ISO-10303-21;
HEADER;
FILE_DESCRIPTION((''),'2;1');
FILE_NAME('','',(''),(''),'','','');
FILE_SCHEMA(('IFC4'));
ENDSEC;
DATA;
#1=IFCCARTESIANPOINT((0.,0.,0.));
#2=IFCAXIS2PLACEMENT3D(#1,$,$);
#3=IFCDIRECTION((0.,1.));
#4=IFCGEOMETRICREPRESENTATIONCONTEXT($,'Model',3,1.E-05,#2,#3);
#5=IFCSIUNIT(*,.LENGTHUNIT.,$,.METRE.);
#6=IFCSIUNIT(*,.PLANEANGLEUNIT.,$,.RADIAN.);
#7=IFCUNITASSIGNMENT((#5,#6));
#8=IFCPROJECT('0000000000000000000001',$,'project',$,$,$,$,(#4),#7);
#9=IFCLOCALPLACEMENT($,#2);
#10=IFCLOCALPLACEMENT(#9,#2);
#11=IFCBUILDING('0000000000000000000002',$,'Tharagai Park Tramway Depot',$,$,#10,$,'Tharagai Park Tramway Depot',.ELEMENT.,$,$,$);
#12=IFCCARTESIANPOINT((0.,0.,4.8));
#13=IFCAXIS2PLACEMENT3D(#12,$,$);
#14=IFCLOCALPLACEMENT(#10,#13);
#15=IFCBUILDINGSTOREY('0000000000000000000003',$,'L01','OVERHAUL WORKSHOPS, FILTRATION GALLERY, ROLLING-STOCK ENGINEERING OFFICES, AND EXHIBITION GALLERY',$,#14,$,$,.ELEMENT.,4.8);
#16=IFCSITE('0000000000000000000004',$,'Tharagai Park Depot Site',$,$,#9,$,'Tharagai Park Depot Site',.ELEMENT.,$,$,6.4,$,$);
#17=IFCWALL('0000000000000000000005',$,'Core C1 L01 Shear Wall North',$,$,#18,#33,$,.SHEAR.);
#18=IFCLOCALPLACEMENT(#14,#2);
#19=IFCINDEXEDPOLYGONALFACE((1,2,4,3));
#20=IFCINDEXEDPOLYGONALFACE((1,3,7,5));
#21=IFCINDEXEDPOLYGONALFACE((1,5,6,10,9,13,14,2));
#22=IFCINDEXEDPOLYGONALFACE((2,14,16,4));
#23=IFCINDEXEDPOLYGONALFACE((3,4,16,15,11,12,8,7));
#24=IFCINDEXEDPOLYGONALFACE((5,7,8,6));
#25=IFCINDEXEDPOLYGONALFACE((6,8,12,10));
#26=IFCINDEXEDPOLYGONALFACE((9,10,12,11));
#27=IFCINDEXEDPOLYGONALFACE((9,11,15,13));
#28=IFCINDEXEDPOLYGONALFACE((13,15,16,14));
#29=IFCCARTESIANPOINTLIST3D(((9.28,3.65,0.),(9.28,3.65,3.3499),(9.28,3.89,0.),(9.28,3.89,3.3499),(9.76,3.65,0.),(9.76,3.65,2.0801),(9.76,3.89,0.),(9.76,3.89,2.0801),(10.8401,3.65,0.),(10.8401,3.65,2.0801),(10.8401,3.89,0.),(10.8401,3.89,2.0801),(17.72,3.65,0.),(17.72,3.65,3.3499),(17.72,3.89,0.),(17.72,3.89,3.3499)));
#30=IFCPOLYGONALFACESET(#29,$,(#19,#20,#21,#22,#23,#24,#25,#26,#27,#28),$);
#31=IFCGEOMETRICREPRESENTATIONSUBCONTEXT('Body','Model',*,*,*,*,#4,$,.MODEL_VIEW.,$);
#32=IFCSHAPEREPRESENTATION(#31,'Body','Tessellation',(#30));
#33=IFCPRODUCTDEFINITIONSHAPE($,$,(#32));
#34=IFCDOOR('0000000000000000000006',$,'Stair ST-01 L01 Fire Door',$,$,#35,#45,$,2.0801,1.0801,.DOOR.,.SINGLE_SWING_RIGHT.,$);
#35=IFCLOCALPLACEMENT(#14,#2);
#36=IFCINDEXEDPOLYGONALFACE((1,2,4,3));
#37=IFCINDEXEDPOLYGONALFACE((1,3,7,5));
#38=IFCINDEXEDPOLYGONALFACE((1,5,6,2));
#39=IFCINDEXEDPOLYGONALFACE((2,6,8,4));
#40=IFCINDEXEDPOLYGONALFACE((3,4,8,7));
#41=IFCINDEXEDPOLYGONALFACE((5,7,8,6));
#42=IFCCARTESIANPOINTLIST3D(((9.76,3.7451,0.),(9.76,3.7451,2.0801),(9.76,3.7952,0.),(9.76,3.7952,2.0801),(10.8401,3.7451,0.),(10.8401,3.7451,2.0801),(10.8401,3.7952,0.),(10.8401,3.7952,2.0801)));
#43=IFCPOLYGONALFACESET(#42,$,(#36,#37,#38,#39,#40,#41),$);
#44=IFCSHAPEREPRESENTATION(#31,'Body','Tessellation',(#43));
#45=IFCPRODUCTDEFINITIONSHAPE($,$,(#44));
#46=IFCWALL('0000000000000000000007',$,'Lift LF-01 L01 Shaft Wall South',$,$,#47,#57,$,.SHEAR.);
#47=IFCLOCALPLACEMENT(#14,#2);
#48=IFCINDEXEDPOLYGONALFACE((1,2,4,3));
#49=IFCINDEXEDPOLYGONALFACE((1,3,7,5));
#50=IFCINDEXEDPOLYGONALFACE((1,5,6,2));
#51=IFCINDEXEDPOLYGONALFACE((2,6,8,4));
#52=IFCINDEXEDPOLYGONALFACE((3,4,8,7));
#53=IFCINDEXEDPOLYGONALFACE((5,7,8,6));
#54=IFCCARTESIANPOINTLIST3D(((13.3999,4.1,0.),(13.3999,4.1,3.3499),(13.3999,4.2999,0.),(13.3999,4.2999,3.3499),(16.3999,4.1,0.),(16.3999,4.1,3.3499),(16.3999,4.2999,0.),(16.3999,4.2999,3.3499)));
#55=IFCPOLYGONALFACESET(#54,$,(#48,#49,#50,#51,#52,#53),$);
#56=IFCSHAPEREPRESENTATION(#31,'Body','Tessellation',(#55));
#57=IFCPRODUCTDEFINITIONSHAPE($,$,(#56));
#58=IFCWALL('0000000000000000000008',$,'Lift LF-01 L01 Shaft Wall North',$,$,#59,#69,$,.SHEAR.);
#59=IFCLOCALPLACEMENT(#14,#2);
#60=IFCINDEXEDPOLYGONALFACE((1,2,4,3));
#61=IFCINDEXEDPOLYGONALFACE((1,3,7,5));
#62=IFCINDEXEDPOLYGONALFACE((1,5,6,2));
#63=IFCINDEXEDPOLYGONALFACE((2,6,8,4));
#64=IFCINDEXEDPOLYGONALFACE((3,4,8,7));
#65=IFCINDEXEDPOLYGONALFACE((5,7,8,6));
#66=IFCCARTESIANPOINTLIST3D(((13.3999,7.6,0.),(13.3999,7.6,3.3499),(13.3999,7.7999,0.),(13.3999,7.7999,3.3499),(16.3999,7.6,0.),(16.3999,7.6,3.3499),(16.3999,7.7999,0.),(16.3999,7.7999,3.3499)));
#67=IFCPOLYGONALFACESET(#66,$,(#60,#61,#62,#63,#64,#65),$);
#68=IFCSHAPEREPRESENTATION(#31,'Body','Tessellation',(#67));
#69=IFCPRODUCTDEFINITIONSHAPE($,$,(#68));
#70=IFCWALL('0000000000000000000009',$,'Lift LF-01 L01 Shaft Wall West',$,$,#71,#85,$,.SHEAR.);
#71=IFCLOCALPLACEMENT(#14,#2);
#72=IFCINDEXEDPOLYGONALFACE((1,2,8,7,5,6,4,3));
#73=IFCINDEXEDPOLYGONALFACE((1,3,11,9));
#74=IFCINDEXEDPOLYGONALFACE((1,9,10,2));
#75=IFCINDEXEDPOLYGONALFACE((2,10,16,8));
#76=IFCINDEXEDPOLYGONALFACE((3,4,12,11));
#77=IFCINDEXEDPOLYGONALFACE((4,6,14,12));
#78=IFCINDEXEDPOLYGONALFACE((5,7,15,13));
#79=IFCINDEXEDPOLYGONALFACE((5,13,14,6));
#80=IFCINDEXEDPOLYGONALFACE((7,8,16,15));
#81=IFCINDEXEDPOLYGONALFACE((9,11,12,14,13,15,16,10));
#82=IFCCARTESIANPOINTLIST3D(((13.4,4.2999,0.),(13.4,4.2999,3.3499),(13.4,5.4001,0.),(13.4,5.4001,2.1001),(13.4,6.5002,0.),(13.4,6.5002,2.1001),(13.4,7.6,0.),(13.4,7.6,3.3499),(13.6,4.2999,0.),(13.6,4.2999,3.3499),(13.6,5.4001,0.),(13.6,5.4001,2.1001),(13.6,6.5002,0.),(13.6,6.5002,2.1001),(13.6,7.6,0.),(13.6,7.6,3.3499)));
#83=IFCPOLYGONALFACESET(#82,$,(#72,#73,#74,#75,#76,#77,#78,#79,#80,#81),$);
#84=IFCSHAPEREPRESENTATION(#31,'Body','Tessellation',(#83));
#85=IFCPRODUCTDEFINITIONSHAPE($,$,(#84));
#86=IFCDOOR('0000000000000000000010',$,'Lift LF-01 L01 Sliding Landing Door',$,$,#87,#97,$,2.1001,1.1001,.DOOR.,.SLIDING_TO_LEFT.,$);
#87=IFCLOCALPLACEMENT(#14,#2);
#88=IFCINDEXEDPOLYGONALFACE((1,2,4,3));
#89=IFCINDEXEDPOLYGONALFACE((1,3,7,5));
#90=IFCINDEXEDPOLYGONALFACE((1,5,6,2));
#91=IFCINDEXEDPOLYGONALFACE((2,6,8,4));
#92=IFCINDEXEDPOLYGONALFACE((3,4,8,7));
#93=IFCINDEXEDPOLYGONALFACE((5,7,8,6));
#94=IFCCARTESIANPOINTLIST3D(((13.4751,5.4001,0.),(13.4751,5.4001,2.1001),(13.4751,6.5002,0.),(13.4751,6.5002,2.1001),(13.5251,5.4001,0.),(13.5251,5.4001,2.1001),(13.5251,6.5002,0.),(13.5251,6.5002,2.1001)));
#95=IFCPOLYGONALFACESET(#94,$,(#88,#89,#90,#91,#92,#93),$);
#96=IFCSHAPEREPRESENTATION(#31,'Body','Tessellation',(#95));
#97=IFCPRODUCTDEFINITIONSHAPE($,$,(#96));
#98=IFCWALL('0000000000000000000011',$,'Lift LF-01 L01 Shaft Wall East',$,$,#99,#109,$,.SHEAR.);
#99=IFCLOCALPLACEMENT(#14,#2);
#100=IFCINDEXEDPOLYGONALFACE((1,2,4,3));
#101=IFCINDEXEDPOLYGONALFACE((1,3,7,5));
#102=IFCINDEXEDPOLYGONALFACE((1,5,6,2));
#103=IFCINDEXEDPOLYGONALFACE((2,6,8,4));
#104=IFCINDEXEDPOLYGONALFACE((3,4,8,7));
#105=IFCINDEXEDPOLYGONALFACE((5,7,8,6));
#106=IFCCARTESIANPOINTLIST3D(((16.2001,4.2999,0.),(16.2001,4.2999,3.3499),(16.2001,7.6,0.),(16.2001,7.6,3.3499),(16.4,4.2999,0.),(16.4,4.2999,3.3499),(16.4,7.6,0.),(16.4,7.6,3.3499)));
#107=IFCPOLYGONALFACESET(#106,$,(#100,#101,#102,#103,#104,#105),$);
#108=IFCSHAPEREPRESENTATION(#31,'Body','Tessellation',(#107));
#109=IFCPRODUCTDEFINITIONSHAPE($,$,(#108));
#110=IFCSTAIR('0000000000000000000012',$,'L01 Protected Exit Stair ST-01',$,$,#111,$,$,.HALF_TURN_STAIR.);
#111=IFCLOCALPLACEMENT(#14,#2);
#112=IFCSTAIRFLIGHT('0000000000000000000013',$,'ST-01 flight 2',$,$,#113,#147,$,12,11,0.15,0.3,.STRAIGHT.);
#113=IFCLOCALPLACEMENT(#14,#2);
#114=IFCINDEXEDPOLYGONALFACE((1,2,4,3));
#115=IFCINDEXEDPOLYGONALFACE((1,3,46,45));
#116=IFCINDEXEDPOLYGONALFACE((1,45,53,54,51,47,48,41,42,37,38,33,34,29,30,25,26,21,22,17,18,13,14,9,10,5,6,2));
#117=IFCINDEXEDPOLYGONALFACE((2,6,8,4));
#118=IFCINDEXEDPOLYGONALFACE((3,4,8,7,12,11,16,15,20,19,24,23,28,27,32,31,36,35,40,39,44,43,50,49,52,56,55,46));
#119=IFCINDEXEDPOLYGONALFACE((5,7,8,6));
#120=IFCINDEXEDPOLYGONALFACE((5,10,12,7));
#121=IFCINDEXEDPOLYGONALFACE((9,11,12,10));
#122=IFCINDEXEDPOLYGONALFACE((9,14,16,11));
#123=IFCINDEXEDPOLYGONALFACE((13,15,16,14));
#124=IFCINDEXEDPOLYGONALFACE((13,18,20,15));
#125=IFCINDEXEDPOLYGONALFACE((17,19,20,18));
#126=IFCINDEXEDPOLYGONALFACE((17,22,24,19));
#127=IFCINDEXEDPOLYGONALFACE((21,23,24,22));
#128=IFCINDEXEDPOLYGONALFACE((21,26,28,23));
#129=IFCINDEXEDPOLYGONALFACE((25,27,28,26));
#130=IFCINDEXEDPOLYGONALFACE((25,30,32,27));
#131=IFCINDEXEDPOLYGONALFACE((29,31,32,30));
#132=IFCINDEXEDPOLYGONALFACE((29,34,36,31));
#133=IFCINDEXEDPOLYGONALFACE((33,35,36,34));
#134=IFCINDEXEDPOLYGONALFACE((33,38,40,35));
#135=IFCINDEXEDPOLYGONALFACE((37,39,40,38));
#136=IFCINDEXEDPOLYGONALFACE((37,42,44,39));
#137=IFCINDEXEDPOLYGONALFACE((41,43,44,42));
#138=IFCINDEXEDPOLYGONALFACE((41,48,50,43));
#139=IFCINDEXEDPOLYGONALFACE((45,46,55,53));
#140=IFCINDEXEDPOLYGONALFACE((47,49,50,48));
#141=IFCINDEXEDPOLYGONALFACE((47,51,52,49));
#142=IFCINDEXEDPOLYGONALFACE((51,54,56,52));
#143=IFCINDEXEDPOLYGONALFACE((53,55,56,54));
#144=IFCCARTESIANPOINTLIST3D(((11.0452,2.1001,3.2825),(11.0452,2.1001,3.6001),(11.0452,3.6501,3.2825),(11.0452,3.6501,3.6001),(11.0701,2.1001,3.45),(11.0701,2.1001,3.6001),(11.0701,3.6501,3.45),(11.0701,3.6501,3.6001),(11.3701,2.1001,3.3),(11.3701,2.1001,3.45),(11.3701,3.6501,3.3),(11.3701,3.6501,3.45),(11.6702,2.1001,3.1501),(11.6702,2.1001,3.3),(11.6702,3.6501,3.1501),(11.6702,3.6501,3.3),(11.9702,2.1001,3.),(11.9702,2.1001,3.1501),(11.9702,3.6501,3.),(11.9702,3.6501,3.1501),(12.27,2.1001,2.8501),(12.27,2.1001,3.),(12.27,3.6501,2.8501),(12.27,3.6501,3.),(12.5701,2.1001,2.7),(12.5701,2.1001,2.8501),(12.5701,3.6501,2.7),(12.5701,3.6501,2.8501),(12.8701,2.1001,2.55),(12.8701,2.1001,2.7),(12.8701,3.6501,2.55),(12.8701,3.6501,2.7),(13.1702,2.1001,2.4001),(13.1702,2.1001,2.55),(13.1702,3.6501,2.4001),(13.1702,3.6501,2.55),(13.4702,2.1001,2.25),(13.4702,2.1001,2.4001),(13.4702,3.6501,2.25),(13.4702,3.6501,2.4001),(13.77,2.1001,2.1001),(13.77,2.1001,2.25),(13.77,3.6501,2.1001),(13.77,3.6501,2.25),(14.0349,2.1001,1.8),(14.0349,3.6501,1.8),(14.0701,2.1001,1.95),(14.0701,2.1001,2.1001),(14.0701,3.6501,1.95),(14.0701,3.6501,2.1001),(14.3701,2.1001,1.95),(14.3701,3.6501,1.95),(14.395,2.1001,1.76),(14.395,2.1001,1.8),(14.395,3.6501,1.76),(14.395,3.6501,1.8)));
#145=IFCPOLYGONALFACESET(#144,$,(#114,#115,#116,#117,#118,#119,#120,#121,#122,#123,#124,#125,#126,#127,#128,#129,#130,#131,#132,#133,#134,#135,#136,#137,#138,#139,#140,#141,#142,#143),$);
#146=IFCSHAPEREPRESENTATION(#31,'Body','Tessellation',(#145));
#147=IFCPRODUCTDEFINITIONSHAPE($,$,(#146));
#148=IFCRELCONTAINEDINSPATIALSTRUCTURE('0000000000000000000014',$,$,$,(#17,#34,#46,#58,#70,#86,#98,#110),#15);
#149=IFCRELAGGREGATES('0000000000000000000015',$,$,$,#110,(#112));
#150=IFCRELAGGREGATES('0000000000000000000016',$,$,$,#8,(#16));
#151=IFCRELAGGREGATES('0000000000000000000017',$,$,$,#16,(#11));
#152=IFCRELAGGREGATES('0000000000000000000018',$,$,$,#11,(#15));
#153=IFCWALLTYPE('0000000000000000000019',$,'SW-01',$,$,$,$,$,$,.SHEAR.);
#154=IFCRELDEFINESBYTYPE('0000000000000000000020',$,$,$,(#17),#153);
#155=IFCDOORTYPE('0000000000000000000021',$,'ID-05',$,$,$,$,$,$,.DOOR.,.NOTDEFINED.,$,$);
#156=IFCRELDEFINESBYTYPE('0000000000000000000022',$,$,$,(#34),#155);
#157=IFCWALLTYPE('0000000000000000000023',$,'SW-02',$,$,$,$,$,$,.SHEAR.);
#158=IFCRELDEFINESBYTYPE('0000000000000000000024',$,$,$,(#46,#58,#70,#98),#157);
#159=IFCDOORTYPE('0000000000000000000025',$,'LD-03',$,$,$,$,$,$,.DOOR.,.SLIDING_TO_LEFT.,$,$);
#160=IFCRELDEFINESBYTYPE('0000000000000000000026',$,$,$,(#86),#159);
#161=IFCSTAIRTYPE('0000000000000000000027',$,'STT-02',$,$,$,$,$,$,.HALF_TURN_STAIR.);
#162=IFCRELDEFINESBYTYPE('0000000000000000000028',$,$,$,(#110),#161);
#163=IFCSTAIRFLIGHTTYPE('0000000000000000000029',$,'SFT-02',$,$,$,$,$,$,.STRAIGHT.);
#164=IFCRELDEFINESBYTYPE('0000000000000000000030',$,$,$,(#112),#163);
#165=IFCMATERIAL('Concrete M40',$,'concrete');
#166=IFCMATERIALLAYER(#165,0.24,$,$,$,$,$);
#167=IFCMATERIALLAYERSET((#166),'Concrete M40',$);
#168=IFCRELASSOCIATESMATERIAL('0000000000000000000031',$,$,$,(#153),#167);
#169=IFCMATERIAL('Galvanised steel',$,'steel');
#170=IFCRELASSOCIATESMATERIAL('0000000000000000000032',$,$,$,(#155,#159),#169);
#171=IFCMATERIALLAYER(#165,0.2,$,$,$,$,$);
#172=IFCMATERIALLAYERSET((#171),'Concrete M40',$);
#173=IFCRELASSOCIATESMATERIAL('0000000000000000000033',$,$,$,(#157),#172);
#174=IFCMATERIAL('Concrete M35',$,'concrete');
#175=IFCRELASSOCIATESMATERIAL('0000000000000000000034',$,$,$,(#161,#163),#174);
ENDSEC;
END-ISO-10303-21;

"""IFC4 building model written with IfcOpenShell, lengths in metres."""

from ifc_helpers import new_model, si_unit, direction, frame, frame_2d, origin, place, context, subcontext, project, spatial, polyline, rectangle, outline, extrude, material, layer, layer_set, type_object, element, fill, aggregate, save


model = new_model("IFC4")

# Units and contexts
model_context = context("Model", 3, precision=1e-05, world=origin(), true_north=direction((0.0, 1.0)))
body_context = subcontext(model_context, "Body", "Model", "MODEL_VIEW")
ifc_project = project(units=[si_unit("LENGTHUNIT", "METRE"), si_unit("PLANEANGLEUNIT", "RADIAN")], contexts=[model_context])

# Site, building, storey
site_placement = place(None, origin())
site = spatial("IfcSite", under=ifc_project, at=site_placement, Name="Tharagai Park Depot Site", LongName="Tharagai Park Depot Site", CompositionType="ELEMENT", RefElevation=6.4)
building_placement = place(site_placement, origin())
building = spatial("IfcBuilding", under=site, at=building_placement, Name="Tharagai Park Tramway Depot", LongName="Tharagai Park Tramway Depot", CompositionType="ELEMENT")
storey_placement = place(building_placement, frame((0.0, 0.0, 4.8)))
storey = spatial("IfcBuildingStorey", under=building, at=storey_placement, Name="L01", Description="OVERHAUL WORKSHOPS, FILTRATION GALLERY, ROLLING-STOCK ENGINEERING OFFICES, AND EXHIBITION GALLERY", CompositionType="ELEMENT", Elevation=4.8)

# Shared definitions
ifc_material_1 = material(Name="Concrete M40", Category="concrete")

# Shared definitions
ifc_material_2 = material(Name="Concrete M35", Category="concrete")

# Shared definitions
ifc_material_3 = material(Name="Galvanised steel", Category="steel")

# Wall, opening, door
ifc_layer_1 = layer(ifc_material_1, 0.24)
ifc_layer_set_1 = layer_set([ifc_layer_1], Name="Concrete M40")
wall_type_1 = type_object("IfcWallType", Name="SW-01", PredefinedType="SHEAR", material=ifc_layer_set_1)
wall_1_placement = place(storey_placement, frame((9.28, 3.77, 0.0), z_axis=(0.0, 0.0, 1.0), x_axis=(1.0, 0.0, 0.0)))
wall_1 = element("IfcWall", 1, at=wall_1_placement, inside=storey, type_object=wall_type_1, Name="Core C1 L01 Shear Wall North", PredefinedType="SHEAR", context=body_context, shape_type="SweptSolid", body=[
    extrude(rectangle(XDim=8.4399, YDim=0.24, at=frame_2d((4.22, 0.0))), origin(), (0.0, 0.0, 1.0), 3.3499),
])
opening_1_placement = place(wall_1_placement, frame((0.48, 0.0, 0.0)))
opening_1 = element("IfcOpeningElement", 2, at=opening_1_placement, cuts=wall_1, PredefinedType="OPENING", context=body_context, shape_type="SweptSolid", body=[
    extrude(rectangle(XDim=1.0801, YDim=2.0801, at=frame_2d((0.54, 1.04))), frame((0.0, 0.1299, 0.0), z_axis=(0.0, -1.0, 0.0), x_axis=(1.0, 0.0, 0.0)), (0.0, 0.0, 1.0), 0.26),
])
door_type_1 = type_object("IfcDoorType", Name="ID-05", OperationType="NOTDEFINED", PredefinedType="DOOR", material=ifc_material_3)
door_1_placement = place(opening_1_placement, frame((1.0801, 0.0, 0.0), z_axis=(0.0, 0.0, 1.0), x_axis=(-1.0, 0.0, 0.0)))
door_1 = element("IfcDoor", 3, at=door_1_placement, inside=storey, type_object=door_type_1, Name="Stair ST-01 L01 Fire Door", OperationType="SINGLE_SWING_RIGHT", OverallHeight=2.0801, OverallWidth=1.0801, PredefinedType="DOOR", context=body_context, shape_type="SweptSolid", body=[
    extrude(rectangle(XDim=1.0801, YDim=2.0801, at=frame_2d((0.54, 1.04))), frame((0.0, 0.0249, 0.0), z_axis=(0.0, -1.0, 0.0), x_axis=(1.0, 0.0, 0.0)), (0.0, 0.0, 1.0), 0.05),
])
fill(opening_1, door_1)

# Walls
ifc_layer_2 = layer(ifc_material_1, 0.2)
ifc_layer_set_2 = layer_set([ifc_layer_2], Name="Concrete M40")
wall_type_2 = type_object("IfcWallType", Name="SW-02", PredefinedType="SHEAR", material=ifc_layer_set_2)
for number, where, z_axis, x_axis, name in (
    (4, (13.3999, 4.2, 0.0), (0.0, 0.0, 1.0), (1.0, 0.0, 0.0), "Lift LF-01 L01 Shaft Wall South"),
    (5, (13.3999, 7.7, 0.0), (0.0, 0.0, 1.0), (1.0, 0.0, 0.0), "Lift LF-01 L01 Shaft Wall North"),
):
    element("IfcWall", number, at=place(storey_placement, frame(where, z_axis=z_axis, x_axis=x_axis)), inside=storey, type_object=wall_type_2, Name=name, PredefinedType="SHEAR", context=body_context, shape_type="SweptSolid", body=[
        extrude(rectangle(XDim=3.0, YDim=0.2, at=frame_2d((1.5, 0.0))), origin(), (0.0, 0.0, 1.0), 3.3499),
    ])

# Wall, opening, door
wall_2_placement = place(storey_placement, frame((13.5, 4.3, 0.0), z_axis=(0.0, 0.0, 1.0), x_axis=(0.0, 1.0, 0.0)))
wall_2 = element("IfcWall", 6, at=wall_2_placement, inside=storey, type_object=wall_type_2, Name="Lift LF-01 L01 Shaft Wall West", PredefinedType="SHEAR", context=body_context, shape_type="SweptSolid", body=[
    extrude(rectangle(XDim=3.3, YDim=0.2, at=frame_2d((1.6499, 0.0))), origin(), (0.0, 0.0, 1.0), 3.3499),
])
opening_2_placement = place(wall_2_placement, frame((1.1001, 0.0, 0.0)))
opening_2 = element("IfcOpeningElement", 7, at=opening_2_placement, cuts=wall_2, PredefinedType="OPENING", context=body_context, shape_type="SweptSolid", body=[
    extrude(rectangle(XDim=1.1001, YDim=2.1001, at=frame_2d((0.55, 1.05))), frame((0.0, 0.1099, 0.0), z_axis=(0.0, -1.0, 0.0), x_axis=(1.0, 0.0, 0.0)), (0.0, 0.0, 1.0), 0.22),
])
door_type_2 = type_object("IfcDoorType", Name="LD-03", OperationType="SLIDING_TO_LEFT", PredefinedType="DOOR", material=ifc_material_3)
door_2_placement = place(opening_2_placement, origin())
door_2 = element("IfcDoor", 8, at=door_2_placement, inside=storey, type_object=door_type_2, Name="Lift LF-01 L01 Sliding Landing Door", OperationType="SLIDING_TO_LEFT", OverallHeight=2.1001, OverallWidth=1.1001, PredefinedType="DOOR", context=body_context, shape_type="SweptSolid", body=[
    extrude(rectangle(XDim=1.1001, YDim=2.1001, at=frame_2d((0.55, 1.05))), frame((0.0, 0.0249, 0.0), z_axis=(0.0, -1.0, 0.0), x_axis=(1.0, 0.0, 0.0)), (0.0, 0.0, 1.0), 0.05),
])
fill(opening_2, door_2)

# Wall
wall_3_placement = place(storey_placement, frame((16.3, 4.3, 0.0), z_axis=(0.0, 0.0, 1.0), x_axis=(0.0, 1.0, 0.0)))
element("IfcWall", 9, at=wall_3_placement, inside=storey, type_object=wall_type_2, Name="Lift LF-01 L01 Shaft Wall East", PredefinedType="SHEAR", context=body_context, shape_type="SweptSolid", body=[
    extrude(rectangle(XDim=3.3, YDim=0.2, at=frame_2d((1.6499, 0.0))), origin(), (0.0, 0.0, 1.0), 3.3499),
])

# Stair, stair flight
stair_type = type_object("IfcStairType", Name="STT-02", PredefinedType="HALF_TURN_STAIR", material=ifc_material_2)
stair_placement = place(storey_placement, origin())
stair = element("IfcStair", 10, at=stair_placement, inside=storey, type_object=stair_type, Name="L01 Protected Exit Stair ST-01", PredefinedType="HALF_TURN_STAIR")
stair_flight_type = type_object("IfcStairFlightType", Name="SFT-02", PredefinedType="STRAIGHT", material=ifc_material_2)
stair_flight_placement = place(storey_placement, frame((14.3701, 2.875, 1.8), z_axis=(0.0, 0.0, 1.0), x_axis=(-1.0, 0.0, 0.0)))
stair_flight = element("IfcStairFlight", 11, at=stair_flight_placement, type_object=stair_flight_type, Name="ST-01 flight 2", NumberOfRisers=12, NumberOfTreads=11, PredefinedType="STRAIGHT", RiserHeight=0.15, TreadLength=0.3, context=body_context, shape_type="SweptSolid", body=[
    extrude(outline(polyline([(-0.0249, 0.0), (0.0, 0.1499), (0.3, 0.1499), (0.3, 0.3), (0.6001, 0.3), (0.6001, 0.45), (0.8999, 0.45), (0.8999, 0.6001), (1.2, 0.6001), (1.2, 0.75), (1.5, 0.75), (1.5, 0.8999), (1.8, 0.8999), (1.8, 1.05), (2.1001, 1.05), (2.1001, 1.2), (2.3999, 1.2), (2.3999, 1.3501), (2.7, 1.3501), (2.7, 1.5), (3.0, 1.5), (3.0, 1.6499), (3.3, 1.6499), (3.3, 1.8), (3.325, 1.8), (3.325, 1.4824), (0.3352, 0.0), (-0.0249, -0.04), (-0.0249, 0.0)])), frame((0.0, 0.7749, 0.0), z_axis=(0.0, -1.0, 0.0), x_axis=(1.0, 0.0, 0.0)), (0.0, 0.0, 1.0), 1.55),
])
aggregate(stair, [stair_flight])

save(model, "model.ifc")
